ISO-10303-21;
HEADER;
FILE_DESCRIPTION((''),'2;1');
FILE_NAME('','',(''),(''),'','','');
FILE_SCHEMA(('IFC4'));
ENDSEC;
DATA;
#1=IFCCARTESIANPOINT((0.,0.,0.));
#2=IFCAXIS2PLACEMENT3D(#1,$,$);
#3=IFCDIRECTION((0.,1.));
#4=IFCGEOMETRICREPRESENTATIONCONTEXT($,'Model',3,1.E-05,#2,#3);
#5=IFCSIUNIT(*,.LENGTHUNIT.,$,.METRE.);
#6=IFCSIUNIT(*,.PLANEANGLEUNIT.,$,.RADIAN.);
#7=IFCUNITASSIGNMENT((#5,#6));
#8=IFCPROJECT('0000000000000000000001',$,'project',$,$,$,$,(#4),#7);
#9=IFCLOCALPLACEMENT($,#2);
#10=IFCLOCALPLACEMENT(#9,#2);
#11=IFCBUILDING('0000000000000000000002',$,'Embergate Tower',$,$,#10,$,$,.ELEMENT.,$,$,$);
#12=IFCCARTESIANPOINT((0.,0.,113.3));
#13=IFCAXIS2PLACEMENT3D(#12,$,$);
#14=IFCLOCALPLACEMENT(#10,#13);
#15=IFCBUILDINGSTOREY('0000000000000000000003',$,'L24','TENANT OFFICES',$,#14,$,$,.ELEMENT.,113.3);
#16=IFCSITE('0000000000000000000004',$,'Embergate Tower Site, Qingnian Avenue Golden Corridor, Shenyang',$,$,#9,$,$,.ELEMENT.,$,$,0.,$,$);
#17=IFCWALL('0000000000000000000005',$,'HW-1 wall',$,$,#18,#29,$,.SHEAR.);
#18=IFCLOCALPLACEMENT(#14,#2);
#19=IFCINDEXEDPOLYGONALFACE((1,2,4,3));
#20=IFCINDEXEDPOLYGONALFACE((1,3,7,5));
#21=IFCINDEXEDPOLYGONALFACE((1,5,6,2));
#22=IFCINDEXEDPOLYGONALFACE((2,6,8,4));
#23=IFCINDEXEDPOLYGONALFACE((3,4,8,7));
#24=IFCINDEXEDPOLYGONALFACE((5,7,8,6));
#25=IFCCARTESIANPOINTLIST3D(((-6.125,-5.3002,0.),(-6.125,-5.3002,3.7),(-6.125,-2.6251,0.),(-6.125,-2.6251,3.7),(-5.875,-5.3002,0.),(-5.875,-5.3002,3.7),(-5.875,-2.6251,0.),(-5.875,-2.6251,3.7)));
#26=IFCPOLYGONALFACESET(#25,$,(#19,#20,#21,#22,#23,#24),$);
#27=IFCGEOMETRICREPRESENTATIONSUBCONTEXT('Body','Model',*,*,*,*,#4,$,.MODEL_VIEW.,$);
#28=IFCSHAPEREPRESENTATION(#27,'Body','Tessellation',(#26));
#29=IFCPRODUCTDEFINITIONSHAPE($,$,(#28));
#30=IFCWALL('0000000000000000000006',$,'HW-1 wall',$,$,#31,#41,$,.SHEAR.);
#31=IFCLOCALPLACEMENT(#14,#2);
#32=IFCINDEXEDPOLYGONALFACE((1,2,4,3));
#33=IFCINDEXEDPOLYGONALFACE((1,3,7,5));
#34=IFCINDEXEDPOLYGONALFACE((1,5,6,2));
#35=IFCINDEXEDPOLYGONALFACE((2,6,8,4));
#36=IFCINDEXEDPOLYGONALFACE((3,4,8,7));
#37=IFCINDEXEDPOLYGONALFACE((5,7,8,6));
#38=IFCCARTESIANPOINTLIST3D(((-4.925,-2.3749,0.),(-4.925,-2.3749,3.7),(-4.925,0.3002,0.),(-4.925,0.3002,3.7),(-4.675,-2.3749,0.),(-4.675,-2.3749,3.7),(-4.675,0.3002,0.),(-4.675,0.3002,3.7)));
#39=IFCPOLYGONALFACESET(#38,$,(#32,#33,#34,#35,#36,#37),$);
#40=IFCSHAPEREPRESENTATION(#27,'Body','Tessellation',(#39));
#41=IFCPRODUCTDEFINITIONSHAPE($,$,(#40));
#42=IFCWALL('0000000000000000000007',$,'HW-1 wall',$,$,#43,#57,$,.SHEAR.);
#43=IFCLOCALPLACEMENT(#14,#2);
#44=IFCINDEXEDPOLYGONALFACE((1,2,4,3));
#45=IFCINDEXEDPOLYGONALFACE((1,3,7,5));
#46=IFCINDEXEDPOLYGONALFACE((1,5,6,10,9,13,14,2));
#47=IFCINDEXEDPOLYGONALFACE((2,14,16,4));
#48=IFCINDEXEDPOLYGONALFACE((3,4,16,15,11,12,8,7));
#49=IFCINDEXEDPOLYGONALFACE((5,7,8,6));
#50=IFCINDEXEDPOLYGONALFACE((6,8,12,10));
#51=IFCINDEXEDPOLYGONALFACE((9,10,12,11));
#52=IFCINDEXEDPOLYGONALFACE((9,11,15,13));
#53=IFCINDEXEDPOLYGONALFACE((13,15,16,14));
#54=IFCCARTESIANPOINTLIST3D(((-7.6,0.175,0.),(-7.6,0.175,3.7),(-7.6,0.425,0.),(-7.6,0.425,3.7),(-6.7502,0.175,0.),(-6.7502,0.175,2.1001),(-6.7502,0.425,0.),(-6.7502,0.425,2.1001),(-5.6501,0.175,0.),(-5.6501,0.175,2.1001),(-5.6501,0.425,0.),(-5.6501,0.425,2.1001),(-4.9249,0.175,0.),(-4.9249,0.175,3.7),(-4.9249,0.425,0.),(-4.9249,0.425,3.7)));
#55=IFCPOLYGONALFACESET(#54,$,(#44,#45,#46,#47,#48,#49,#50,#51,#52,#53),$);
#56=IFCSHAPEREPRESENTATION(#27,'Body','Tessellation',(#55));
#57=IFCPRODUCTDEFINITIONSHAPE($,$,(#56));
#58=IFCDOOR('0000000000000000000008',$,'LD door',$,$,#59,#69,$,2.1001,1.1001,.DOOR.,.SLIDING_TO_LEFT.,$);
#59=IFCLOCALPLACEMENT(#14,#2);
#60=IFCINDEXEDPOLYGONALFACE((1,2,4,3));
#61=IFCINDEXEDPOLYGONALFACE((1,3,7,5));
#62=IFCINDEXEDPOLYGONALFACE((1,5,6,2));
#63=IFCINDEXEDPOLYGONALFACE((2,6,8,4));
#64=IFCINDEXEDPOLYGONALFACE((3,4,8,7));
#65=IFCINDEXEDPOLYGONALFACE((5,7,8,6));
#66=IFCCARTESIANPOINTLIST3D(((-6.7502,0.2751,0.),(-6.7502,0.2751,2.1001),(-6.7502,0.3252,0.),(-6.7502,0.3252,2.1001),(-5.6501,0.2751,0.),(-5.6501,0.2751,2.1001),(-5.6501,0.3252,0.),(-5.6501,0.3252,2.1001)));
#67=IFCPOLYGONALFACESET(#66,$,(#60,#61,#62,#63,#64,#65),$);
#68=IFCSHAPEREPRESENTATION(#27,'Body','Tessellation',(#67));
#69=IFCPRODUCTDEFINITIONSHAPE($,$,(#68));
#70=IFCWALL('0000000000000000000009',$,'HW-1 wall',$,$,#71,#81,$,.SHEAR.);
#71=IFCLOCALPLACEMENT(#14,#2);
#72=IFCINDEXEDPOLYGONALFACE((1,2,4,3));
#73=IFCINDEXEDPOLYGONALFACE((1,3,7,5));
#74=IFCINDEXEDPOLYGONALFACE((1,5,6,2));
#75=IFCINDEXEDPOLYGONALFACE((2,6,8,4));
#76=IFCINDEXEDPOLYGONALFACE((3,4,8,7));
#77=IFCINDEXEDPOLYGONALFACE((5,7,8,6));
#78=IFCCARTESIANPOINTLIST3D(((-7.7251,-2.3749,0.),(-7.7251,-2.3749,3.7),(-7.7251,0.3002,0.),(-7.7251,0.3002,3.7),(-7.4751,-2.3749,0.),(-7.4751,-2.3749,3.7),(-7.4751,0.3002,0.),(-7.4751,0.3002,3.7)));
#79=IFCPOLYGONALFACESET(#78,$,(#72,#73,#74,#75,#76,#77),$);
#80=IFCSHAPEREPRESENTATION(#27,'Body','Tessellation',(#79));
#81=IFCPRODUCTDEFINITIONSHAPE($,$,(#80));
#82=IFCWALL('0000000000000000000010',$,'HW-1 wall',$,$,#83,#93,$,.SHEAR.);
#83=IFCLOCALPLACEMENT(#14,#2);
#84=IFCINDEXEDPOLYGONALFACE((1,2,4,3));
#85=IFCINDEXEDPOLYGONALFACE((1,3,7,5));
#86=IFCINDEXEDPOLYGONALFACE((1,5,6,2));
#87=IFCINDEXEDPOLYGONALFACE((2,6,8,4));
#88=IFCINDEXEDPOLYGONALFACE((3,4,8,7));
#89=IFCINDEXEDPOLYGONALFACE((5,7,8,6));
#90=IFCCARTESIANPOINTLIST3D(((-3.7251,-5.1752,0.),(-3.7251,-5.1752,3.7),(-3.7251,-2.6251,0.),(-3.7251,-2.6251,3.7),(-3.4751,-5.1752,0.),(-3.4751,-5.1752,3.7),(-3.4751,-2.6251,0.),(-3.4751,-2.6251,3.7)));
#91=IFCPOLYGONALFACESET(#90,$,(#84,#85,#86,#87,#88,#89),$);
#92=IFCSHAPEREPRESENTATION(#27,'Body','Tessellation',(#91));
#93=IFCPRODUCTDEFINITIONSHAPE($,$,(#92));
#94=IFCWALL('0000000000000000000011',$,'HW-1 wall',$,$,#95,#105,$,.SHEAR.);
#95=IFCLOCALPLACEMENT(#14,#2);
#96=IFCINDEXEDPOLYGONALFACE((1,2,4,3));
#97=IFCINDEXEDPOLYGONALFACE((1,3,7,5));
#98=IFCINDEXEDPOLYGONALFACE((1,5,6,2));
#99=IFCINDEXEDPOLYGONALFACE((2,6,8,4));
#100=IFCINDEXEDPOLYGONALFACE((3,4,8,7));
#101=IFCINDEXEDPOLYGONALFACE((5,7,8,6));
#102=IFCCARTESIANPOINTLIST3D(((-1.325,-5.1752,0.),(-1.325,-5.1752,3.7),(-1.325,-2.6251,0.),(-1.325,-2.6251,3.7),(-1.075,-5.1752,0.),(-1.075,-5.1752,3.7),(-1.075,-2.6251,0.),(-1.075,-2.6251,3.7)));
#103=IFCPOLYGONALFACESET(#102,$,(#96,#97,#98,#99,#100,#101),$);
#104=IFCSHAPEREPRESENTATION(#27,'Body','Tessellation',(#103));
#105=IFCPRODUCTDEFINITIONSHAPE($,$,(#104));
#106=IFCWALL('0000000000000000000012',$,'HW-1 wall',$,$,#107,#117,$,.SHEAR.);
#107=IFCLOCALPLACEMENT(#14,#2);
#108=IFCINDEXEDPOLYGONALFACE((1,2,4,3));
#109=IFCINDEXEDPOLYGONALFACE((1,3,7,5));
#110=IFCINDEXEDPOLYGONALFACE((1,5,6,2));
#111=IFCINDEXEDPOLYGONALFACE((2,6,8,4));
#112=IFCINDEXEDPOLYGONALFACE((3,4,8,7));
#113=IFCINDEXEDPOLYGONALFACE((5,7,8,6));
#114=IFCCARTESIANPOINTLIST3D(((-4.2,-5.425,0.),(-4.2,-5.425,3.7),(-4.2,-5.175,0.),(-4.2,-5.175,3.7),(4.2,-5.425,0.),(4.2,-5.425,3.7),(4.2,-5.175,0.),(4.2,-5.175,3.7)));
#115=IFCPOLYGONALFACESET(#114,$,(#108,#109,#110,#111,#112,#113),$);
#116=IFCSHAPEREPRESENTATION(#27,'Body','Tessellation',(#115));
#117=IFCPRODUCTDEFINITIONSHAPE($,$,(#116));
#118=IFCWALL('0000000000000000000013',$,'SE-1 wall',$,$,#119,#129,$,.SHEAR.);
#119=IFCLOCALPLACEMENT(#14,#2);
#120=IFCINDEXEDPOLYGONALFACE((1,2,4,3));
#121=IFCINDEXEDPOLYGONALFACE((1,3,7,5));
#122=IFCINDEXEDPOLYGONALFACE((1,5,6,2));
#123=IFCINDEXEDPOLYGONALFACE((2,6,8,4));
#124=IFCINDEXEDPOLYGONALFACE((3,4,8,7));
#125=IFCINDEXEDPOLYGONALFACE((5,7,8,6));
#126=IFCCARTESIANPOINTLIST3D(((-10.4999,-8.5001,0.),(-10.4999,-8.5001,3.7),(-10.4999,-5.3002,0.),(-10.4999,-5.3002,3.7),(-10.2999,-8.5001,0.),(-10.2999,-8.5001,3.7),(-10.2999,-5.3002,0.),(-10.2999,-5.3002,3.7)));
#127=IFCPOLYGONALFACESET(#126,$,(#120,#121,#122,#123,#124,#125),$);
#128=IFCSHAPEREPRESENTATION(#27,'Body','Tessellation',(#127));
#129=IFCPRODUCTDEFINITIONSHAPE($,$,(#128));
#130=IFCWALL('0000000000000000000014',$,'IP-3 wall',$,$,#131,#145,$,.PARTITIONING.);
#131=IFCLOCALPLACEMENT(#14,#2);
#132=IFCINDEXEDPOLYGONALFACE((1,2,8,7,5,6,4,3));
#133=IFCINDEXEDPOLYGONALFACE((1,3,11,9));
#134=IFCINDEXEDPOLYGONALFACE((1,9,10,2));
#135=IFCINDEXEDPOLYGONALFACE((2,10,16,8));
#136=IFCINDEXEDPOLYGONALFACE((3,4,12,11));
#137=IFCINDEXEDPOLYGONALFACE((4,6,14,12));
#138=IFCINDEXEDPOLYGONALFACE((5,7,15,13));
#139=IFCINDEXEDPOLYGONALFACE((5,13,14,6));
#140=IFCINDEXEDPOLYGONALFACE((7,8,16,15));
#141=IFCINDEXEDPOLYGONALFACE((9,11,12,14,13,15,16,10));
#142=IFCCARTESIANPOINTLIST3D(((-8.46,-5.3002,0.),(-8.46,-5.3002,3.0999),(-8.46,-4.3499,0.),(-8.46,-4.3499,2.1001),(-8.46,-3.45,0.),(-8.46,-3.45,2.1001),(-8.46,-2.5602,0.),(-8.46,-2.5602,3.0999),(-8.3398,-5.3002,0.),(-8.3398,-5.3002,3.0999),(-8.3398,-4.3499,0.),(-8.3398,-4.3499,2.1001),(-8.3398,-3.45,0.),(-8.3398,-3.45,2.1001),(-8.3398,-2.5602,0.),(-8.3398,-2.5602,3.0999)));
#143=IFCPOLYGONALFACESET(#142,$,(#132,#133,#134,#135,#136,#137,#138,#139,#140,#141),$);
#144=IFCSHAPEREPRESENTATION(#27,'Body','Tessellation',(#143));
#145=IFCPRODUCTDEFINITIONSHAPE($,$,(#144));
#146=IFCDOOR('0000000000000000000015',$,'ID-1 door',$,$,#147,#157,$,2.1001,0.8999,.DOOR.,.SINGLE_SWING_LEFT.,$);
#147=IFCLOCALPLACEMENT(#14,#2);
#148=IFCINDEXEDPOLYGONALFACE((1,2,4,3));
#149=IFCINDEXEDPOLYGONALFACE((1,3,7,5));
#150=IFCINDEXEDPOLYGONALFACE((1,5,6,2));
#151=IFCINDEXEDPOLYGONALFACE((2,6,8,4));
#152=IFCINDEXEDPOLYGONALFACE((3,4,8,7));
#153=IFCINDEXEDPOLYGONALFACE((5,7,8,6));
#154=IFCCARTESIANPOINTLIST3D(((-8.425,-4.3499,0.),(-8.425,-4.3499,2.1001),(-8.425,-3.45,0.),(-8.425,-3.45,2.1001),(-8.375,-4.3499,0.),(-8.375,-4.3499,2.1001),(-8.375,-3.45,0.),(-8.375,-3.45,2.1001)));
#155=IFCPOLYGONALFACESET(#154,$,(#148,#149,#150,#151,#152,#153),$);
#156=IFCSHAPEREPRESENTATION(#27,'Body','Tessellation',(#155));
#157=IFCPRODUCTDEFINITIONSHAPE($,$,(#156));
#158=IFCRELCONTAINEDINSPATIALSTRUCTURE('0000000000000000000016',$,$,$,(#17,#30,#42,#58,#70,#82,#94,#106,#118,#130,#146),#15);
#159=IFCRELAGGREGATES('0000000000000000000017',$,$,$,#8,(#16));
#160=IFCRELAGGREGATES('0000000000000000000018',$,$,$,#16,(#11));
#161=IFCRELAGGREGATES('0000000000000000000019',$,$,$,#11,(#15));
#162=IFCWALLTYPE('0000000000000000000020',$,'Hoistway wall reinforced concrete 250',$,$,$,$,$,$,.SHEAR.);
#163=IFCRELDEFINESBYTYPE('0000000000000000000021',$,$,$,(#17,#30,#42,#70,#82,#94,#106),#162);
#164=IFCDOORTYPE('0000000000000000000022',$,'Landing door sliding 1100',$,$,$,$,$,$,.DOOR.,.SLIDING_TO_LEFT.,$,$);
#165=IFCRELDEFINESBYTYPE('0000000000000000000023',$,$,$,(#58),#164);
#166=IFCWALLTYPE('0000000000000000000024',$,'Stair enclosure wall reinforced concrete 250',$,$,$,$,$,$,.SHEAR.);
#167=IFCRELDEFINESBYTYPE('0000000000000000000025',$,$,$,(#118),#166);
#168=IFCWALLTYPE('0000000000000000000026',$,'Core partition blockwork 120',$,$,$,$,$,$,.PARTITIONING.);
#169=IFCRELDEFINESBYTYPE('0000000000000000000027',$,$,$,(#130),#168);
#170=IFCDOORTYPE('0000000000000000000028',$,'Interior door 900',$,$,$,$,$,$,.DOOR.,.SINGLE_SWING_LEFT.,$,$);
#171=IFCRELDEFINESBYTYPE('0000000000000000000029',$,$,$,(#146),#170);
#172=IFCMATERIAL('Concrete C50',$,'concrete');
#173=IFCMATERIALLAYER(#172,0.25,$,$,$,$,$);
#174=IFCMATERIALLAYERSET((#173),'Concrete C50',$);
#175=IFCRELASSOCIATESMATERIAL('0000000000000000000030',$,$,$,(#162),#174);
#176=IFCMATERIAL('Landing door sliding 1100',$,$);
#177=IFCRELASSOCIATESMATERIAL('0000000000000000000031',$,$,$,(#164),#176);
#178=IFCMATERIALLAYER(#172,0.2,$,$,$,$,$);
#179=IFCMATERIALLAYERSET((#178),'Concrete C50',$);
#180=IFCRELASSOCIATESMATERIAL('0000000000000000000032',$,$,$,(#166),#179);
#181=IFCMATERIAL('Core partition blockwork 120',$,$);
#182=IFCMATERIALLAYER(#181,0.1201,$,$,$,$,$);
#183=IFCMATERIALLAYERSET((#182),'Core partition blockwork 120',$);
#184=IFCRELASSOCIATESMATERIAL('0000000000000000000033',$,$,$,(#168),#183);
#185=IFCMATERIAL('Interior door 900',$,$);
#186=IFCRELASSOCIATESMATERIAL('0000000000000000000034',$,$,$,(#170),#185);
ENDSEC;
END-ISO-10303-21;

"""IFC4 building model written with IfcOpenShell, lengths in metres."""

from ifc_helpers import new_model, si_unit, direction, frame, frame_2d, origin, place, context, subcontext, project, spatial, rectangle, extrude, source, transform, mapped, material, layer, layer_set, type_object, element, fill, save


model = new_model("IFC4")

# Units and contexts
model_context = context("Model", 3, precision=1e-05, world=origin(), true_north=direction((0.0, 1.0)))
body_context = subcontext(model_context, "Body", "Model", "MODEL_VIEW")
ifc_project = project(units=[si_unit("LENGTHUNIT", "METRE"), si_unit("PLANEANGLEUNIT", "RADIAN")], contexts=[model_context])

# Site, building, storey
site_placement = place(None, origin())
site = spatial("IfcSite", under=ifc_project, at=site_placement, Name="Embergate Tower Site, Qingnian Avenue Golden Corridor, Shenyang", CompositionType="ELEMENT", RefElevation=0.0)
building_placement = place(site_placement, origin())
building = spatial("IfcBuilding", under=site, at=building_placement, Name="Embergate Tower", CompositionType="ELEMENT")
storey_placement = place(building_placement, frame((0.0, 0.0, 113.3)))
storey = spatial("IfcBuildingStorey", under=building, at=storey_placement, Name="L24", Description="TENANT OFFICES", CompositionType="ELEMENT", Elevation=113.3)

# Walls
ifc_material_1 = material(Name="Concrete C50", Category="concrete")
ifc_layer_1 = layer(ifc_material_1, 0.25)
ifc_layer_set_1 = layer_set([ifc_layer_1], Name="Concrete C50")
wall_type_1 = type_object("IfcWallType", Name="Hoistway wall reinforced concrete 250", PredefinedType="SHEAR", material=ifc_layer_set_1)
shared_shape_1 = source(origin(), body_context, "Body", "SweptSolid", [
    extrude(rectangle(XDim=2.675, YDim=0.25, at=frame_2d((1.3374, 0.0))), origin(), (0.0, 0.0, 1.0), 3.7),
])
for number, where, z_axis, x_axis, name in (
    (1, (-6.0, -5.3, 0.0), (0.0, 0.0, 1.0), (0.0, 1.0, 0.0), "HW-1 wall"),
    (2, (-4.8, 0.3, 0.0), (0.0, 0.0, 1.0), (0.0, -1.0, 0.0), "HW-1 wall"),
):
    element("IfcWall", number, at=place(storey_placement, frame(where, z_axis=z_axis, x_axis=x_axis)), inside=storey, type_object=wall_type_1, Name=name, PredefinedType="SHEAR", context=body_context, shape_type="MappedRepresentation", body=[
        mapped(shared_shape_1, transform((0.0, 0.0, 0.0))),
    ])

# Wall, opening, door
wall_1_placement = place(storey_placement, frame((-4.925, 0.3, 0.0), z_axis=(0.0, 0.0, 1.0), x_axis=(-1.0, 0.0, 0.0)))
wall_1 = element("IfcWall", 3, at=wall_1_placement, inside=storey, type_object=wall_type_1, Name="HW-1 wall", PredefinedType="SHEAR", context=body_context, shape_type="MappedRepresentation", body=[
    mapped(shared_shape_1, transform((0.0, 0.0, 0.0))),
])
shared_shape_2 = source(origin(), body_context, "Body", "SweptSolid", [
    extrude(rectangle(XDim=1.1001, YDim=2.1001, at=frame_2d((0.55, 1.05))), frame((0.0, 0.135, 0.0), z_axis=(0.0, -1.0, 0.0), x_axis=(1.0, 0.0, 0.0)), (0.0, 0.0, 1.0), 0.27),
])
opening_1_placement = place(wall_1_placement, frame((0.7251, 0.0, 0.0)))
opening_1 = element("IfcOpeningElement", 4, at=opening_1_placement, cuts=wall_1, PredefinedType="OPENING", context=body_context, shape_type="MappedRepresentation", body=[
    mapped(shared_shape_2, transform((0.0, 0.0, 0.0))),
])
ifc_material_2 = material(Name="Landing door sliding 1100")
door_type_1 = type_object("IfcDoorType", Name="Landing door sliding 1100", OperationType="SLIDING_TO_LEFT", PredefinedType="DOOR", material=ifc_material_2)
shared_shape_3 = source(origin(), body_context, "Body", "SweptSolid", [
    extrude(rectangle(XDim=1.1001, YDim=2.1001, at=frame_2d((0.55, 1.05))), frame((0.0, 0.0249, 0.0), z_axis=(0.0, -1.0, 0.0), x_axis=(1.0, 0.0, 0.0)), (0.0, 0.0, 1.0), 0.05),
])
door_1_placement = place(opening_1_placement, origin())
door_1 = element("IfcDoor", 5, at=door_1_placement, inside=storey, type_object=door_type_1, Name="LD door", OperationType="SLIDING_TO_LEFT", OverallHeight=2.1001, OverallWidth=1.1001, PredefinedType="DOOR", context=body_context, shape_type="MappedRepresentation", body=[
    mapped(shared_shape_3, transform((0.0, 0.0, 0.0))),
])
fill(opening_1, door_1)

# Walls
wall_2_placement = place(storey_placement, frame((-7.6001, 0.3, 0.0), z_axis=(0.0, 0.0, 1.0), x_axis=(0.0, -1.0, 0.0)))
element("IfcWall", 6, at=wall_2_placement, inside=storey, type_object=wall_type_1, Name="HW-1 wall", PredefinedType="SHEAR", context=body_context, shape_type="MappedRepresentation", body=[
    mapped(shared_shape_1, transform((0.0, 0.0, 0.0))),
])
shared_shape_4 = source(origin(), body_context, "Body", "SweptSolid", [
    extrude(rectangle(XDim=2.55, YDim=0.25, at=frame_2d((1.2749, 0.0))), origin(), (0.0, 0.0, 1.0), 3.7),
])
for number, where, z_axis, x_axis, name in (
    (7, (-3.6001, -5.175, 0.0), (0.0, 0.0, 1.0), (0.0, 1.0, 0.0), "HW-1 wall"),
    (8, (-1.2, -5.175, 0.0), (0.0, 0.0, 1.0), (0.0, 1.0, 0.0), "HW-1 wall"),
):
    element("IfcWall", number, at=place(storey_placement, frame(where, z_axis=z_axis, x_axis=x_axis)), inside=storey, type_object=wall_type_1, Name=name, PredefinedType="SHEAR", context=body_context, shape_type="MappedRepresentation", body=[
        mapped(shared_shape_4, transform((0.0, 0.0, 0.0))),
    ])
shared_shape_5 = source(origin(), body_context, "Body", "SweptSolid", [
    extrude(rectangle(XDim=8.3999, YDim=0.25, at=frame_2d((4.2, 0.0))), origin(), (0.0, 0.0, 1.0), 3.7),
])
wall_3_placement = place(storey_placement, frame((-4.2, -5.3, 0.0), z_axis=(0.0, 0.0, 1.0), x_axis=(1.0, 0.0, 0.0)))
element("IfcWall", 9, at=wall_3_placement, inside=storey, type_object=wall_type_1, Name="HW-1 wall", PredefinedType="SHEAR", context=body_context, shape_type="MappedRepresentation", body=[
    mapped(shared_shape_5, transform((0.0, 0.0, 0.0))),
])
ifc_layer_2 = layer(ifc_material_1, 0.2)
ifc_layer_set_2 = layer_set([ifc_layer_2], Name="Concrete C50")
wall_type_2 = type_object("IfcWallType", Name="Stair enclosure wall reinforced concrete 250", PredefinedType="SHEAR", material=ifc_layer_set_2)
shared_shape_6 = source(origin(), body_context, "Body", "SweptSolid", [
    extrude(rectangle(XDim=3.2, YDim=0.2, at=frame_2d((1.6001, 0.0))), origin(), (0.0, 0.0, 1.0), 3.7),
])
wall_4_placement = place(storey_placement, frame((-10.3999, -5.3, 0.0), z_axis=(0.0, 0.0, 1.0), x_axis=(0.0, -1.0, 0.0)))
element("IfcWall", 10, at=wall_4_placement, inside=storey, type_object=wall_type_2, Name="SE-1 wall", PredefinedType="SHEAR", context=body_context, shape_type="MappedRepresentation", body=[
    mapped(shared_shape_6, transform((0.0, 0.0, 0.0))),
])

# Wall, opening, door
ifc_material_3 = material(Name="Core partition blockwork 120")
ifc_layer_3 = layer(ifc_material_3, 0.1201)
ifc_layer_set_3 = layer_set([ifc_layer_3], Name="Core partition blockwork 120")
wall_type_3 = type_object("IfcWallType", Name="Core partition blockwork 120", PredefinedType="PARTITIONING", material=ifc_layer_set_3)
shared_shape_7 = source(origin(), body_context, "Body", "SweptSolid", [
    extrude(rectangle(XDim=2.74, YDim=0.1201, at=frame_2d((1.3701, 0.0))), origin(), (0.0, 0.0, 1.0), 3.0999),
])
wall_5_placement = place(storey_placement, frame((-8.3999, -2.5601, 0.0), z_axis=(0.0, 0.0, 1.0), x_axis=(0.0, -1.0, 0.0)))
wall_5 = element("IfcWall", 11, at=wall_5_placement, inside=storey, type_object=wall_type_3, Name="IP-3 wall", PredefinedType="PARTITIONING", context=body_context, shape_type="MappedRepresentation", body=[
    mapped(shared_shape_7, transform((0.0, 0.0, 0.0))),
])
shared_shape_8 = source(origin(), body_context, "Body", "SweptSolid", [
    extrude(rectangle(XDim=0.8999, YDim=2.1001, at=frame_2d((0.45, 1.05))), frame((0.0, 0.0701, 0.0), z_axis=(0.0, -1.0, 0.0), x_axis=(1.0, 0.0, 0.0)), (0.0, 0.0, 1.0), 0.1401),
])
opening_2_placement = place(wall_5_placement, frame((0.8899, 0.0, 0.0)))
opening_2 = element("IfcOpeningElement", 12, at=opening_2_placement, cuts=wall_5, PredefinedType="OPENING", context=body_context, shape_type="MappedRepresentation", body=[
    mapped(shared_shape_8, transform((0.0, 0.0, 0.0))),
])
ifc_material_4 = material(Name="Interior door 900")
door_type_2 = type_object("IfcDoorType", Name="Interior door 900", OperationType="SINGLE_SWING_LEFT", PredefinedType="DOOR", material=ifc_material_4)
shared_shape_9 = source(origin(), body_context, "Body", "SweptSolid", [
    extrude(rectangle(XDim=0.8999, YDim=2.1001, at=frame_2d((0.45, 1.05))), frame((0.0, 0.0249, 0.0), z_axis=(0.0, -1.0, 0.0), x_axis=(1.0, 0.0, 0.0)), (0.0, 0.0, 1.0), 0.05),
])
door_2_placement = place(opening_2_placement, origin())
door_2 = element("IfcDoor", 13, at=door_2_placement, inside=storey, type_object=door_type_2, Name="ID-1 door", OperationType="SINGLE_SWING_LEFT", OverallHeight=2.1001, OverallWidth=0.8999, PredefinedType="DOOR", context=body_context, shape_type="MappedRepresentation", body=[
    mapped(shared_shape_9, transform((0.0, 0.0, 0.0))),
])
fill(opening_2, door_2)

save(model, "model.ifc")
